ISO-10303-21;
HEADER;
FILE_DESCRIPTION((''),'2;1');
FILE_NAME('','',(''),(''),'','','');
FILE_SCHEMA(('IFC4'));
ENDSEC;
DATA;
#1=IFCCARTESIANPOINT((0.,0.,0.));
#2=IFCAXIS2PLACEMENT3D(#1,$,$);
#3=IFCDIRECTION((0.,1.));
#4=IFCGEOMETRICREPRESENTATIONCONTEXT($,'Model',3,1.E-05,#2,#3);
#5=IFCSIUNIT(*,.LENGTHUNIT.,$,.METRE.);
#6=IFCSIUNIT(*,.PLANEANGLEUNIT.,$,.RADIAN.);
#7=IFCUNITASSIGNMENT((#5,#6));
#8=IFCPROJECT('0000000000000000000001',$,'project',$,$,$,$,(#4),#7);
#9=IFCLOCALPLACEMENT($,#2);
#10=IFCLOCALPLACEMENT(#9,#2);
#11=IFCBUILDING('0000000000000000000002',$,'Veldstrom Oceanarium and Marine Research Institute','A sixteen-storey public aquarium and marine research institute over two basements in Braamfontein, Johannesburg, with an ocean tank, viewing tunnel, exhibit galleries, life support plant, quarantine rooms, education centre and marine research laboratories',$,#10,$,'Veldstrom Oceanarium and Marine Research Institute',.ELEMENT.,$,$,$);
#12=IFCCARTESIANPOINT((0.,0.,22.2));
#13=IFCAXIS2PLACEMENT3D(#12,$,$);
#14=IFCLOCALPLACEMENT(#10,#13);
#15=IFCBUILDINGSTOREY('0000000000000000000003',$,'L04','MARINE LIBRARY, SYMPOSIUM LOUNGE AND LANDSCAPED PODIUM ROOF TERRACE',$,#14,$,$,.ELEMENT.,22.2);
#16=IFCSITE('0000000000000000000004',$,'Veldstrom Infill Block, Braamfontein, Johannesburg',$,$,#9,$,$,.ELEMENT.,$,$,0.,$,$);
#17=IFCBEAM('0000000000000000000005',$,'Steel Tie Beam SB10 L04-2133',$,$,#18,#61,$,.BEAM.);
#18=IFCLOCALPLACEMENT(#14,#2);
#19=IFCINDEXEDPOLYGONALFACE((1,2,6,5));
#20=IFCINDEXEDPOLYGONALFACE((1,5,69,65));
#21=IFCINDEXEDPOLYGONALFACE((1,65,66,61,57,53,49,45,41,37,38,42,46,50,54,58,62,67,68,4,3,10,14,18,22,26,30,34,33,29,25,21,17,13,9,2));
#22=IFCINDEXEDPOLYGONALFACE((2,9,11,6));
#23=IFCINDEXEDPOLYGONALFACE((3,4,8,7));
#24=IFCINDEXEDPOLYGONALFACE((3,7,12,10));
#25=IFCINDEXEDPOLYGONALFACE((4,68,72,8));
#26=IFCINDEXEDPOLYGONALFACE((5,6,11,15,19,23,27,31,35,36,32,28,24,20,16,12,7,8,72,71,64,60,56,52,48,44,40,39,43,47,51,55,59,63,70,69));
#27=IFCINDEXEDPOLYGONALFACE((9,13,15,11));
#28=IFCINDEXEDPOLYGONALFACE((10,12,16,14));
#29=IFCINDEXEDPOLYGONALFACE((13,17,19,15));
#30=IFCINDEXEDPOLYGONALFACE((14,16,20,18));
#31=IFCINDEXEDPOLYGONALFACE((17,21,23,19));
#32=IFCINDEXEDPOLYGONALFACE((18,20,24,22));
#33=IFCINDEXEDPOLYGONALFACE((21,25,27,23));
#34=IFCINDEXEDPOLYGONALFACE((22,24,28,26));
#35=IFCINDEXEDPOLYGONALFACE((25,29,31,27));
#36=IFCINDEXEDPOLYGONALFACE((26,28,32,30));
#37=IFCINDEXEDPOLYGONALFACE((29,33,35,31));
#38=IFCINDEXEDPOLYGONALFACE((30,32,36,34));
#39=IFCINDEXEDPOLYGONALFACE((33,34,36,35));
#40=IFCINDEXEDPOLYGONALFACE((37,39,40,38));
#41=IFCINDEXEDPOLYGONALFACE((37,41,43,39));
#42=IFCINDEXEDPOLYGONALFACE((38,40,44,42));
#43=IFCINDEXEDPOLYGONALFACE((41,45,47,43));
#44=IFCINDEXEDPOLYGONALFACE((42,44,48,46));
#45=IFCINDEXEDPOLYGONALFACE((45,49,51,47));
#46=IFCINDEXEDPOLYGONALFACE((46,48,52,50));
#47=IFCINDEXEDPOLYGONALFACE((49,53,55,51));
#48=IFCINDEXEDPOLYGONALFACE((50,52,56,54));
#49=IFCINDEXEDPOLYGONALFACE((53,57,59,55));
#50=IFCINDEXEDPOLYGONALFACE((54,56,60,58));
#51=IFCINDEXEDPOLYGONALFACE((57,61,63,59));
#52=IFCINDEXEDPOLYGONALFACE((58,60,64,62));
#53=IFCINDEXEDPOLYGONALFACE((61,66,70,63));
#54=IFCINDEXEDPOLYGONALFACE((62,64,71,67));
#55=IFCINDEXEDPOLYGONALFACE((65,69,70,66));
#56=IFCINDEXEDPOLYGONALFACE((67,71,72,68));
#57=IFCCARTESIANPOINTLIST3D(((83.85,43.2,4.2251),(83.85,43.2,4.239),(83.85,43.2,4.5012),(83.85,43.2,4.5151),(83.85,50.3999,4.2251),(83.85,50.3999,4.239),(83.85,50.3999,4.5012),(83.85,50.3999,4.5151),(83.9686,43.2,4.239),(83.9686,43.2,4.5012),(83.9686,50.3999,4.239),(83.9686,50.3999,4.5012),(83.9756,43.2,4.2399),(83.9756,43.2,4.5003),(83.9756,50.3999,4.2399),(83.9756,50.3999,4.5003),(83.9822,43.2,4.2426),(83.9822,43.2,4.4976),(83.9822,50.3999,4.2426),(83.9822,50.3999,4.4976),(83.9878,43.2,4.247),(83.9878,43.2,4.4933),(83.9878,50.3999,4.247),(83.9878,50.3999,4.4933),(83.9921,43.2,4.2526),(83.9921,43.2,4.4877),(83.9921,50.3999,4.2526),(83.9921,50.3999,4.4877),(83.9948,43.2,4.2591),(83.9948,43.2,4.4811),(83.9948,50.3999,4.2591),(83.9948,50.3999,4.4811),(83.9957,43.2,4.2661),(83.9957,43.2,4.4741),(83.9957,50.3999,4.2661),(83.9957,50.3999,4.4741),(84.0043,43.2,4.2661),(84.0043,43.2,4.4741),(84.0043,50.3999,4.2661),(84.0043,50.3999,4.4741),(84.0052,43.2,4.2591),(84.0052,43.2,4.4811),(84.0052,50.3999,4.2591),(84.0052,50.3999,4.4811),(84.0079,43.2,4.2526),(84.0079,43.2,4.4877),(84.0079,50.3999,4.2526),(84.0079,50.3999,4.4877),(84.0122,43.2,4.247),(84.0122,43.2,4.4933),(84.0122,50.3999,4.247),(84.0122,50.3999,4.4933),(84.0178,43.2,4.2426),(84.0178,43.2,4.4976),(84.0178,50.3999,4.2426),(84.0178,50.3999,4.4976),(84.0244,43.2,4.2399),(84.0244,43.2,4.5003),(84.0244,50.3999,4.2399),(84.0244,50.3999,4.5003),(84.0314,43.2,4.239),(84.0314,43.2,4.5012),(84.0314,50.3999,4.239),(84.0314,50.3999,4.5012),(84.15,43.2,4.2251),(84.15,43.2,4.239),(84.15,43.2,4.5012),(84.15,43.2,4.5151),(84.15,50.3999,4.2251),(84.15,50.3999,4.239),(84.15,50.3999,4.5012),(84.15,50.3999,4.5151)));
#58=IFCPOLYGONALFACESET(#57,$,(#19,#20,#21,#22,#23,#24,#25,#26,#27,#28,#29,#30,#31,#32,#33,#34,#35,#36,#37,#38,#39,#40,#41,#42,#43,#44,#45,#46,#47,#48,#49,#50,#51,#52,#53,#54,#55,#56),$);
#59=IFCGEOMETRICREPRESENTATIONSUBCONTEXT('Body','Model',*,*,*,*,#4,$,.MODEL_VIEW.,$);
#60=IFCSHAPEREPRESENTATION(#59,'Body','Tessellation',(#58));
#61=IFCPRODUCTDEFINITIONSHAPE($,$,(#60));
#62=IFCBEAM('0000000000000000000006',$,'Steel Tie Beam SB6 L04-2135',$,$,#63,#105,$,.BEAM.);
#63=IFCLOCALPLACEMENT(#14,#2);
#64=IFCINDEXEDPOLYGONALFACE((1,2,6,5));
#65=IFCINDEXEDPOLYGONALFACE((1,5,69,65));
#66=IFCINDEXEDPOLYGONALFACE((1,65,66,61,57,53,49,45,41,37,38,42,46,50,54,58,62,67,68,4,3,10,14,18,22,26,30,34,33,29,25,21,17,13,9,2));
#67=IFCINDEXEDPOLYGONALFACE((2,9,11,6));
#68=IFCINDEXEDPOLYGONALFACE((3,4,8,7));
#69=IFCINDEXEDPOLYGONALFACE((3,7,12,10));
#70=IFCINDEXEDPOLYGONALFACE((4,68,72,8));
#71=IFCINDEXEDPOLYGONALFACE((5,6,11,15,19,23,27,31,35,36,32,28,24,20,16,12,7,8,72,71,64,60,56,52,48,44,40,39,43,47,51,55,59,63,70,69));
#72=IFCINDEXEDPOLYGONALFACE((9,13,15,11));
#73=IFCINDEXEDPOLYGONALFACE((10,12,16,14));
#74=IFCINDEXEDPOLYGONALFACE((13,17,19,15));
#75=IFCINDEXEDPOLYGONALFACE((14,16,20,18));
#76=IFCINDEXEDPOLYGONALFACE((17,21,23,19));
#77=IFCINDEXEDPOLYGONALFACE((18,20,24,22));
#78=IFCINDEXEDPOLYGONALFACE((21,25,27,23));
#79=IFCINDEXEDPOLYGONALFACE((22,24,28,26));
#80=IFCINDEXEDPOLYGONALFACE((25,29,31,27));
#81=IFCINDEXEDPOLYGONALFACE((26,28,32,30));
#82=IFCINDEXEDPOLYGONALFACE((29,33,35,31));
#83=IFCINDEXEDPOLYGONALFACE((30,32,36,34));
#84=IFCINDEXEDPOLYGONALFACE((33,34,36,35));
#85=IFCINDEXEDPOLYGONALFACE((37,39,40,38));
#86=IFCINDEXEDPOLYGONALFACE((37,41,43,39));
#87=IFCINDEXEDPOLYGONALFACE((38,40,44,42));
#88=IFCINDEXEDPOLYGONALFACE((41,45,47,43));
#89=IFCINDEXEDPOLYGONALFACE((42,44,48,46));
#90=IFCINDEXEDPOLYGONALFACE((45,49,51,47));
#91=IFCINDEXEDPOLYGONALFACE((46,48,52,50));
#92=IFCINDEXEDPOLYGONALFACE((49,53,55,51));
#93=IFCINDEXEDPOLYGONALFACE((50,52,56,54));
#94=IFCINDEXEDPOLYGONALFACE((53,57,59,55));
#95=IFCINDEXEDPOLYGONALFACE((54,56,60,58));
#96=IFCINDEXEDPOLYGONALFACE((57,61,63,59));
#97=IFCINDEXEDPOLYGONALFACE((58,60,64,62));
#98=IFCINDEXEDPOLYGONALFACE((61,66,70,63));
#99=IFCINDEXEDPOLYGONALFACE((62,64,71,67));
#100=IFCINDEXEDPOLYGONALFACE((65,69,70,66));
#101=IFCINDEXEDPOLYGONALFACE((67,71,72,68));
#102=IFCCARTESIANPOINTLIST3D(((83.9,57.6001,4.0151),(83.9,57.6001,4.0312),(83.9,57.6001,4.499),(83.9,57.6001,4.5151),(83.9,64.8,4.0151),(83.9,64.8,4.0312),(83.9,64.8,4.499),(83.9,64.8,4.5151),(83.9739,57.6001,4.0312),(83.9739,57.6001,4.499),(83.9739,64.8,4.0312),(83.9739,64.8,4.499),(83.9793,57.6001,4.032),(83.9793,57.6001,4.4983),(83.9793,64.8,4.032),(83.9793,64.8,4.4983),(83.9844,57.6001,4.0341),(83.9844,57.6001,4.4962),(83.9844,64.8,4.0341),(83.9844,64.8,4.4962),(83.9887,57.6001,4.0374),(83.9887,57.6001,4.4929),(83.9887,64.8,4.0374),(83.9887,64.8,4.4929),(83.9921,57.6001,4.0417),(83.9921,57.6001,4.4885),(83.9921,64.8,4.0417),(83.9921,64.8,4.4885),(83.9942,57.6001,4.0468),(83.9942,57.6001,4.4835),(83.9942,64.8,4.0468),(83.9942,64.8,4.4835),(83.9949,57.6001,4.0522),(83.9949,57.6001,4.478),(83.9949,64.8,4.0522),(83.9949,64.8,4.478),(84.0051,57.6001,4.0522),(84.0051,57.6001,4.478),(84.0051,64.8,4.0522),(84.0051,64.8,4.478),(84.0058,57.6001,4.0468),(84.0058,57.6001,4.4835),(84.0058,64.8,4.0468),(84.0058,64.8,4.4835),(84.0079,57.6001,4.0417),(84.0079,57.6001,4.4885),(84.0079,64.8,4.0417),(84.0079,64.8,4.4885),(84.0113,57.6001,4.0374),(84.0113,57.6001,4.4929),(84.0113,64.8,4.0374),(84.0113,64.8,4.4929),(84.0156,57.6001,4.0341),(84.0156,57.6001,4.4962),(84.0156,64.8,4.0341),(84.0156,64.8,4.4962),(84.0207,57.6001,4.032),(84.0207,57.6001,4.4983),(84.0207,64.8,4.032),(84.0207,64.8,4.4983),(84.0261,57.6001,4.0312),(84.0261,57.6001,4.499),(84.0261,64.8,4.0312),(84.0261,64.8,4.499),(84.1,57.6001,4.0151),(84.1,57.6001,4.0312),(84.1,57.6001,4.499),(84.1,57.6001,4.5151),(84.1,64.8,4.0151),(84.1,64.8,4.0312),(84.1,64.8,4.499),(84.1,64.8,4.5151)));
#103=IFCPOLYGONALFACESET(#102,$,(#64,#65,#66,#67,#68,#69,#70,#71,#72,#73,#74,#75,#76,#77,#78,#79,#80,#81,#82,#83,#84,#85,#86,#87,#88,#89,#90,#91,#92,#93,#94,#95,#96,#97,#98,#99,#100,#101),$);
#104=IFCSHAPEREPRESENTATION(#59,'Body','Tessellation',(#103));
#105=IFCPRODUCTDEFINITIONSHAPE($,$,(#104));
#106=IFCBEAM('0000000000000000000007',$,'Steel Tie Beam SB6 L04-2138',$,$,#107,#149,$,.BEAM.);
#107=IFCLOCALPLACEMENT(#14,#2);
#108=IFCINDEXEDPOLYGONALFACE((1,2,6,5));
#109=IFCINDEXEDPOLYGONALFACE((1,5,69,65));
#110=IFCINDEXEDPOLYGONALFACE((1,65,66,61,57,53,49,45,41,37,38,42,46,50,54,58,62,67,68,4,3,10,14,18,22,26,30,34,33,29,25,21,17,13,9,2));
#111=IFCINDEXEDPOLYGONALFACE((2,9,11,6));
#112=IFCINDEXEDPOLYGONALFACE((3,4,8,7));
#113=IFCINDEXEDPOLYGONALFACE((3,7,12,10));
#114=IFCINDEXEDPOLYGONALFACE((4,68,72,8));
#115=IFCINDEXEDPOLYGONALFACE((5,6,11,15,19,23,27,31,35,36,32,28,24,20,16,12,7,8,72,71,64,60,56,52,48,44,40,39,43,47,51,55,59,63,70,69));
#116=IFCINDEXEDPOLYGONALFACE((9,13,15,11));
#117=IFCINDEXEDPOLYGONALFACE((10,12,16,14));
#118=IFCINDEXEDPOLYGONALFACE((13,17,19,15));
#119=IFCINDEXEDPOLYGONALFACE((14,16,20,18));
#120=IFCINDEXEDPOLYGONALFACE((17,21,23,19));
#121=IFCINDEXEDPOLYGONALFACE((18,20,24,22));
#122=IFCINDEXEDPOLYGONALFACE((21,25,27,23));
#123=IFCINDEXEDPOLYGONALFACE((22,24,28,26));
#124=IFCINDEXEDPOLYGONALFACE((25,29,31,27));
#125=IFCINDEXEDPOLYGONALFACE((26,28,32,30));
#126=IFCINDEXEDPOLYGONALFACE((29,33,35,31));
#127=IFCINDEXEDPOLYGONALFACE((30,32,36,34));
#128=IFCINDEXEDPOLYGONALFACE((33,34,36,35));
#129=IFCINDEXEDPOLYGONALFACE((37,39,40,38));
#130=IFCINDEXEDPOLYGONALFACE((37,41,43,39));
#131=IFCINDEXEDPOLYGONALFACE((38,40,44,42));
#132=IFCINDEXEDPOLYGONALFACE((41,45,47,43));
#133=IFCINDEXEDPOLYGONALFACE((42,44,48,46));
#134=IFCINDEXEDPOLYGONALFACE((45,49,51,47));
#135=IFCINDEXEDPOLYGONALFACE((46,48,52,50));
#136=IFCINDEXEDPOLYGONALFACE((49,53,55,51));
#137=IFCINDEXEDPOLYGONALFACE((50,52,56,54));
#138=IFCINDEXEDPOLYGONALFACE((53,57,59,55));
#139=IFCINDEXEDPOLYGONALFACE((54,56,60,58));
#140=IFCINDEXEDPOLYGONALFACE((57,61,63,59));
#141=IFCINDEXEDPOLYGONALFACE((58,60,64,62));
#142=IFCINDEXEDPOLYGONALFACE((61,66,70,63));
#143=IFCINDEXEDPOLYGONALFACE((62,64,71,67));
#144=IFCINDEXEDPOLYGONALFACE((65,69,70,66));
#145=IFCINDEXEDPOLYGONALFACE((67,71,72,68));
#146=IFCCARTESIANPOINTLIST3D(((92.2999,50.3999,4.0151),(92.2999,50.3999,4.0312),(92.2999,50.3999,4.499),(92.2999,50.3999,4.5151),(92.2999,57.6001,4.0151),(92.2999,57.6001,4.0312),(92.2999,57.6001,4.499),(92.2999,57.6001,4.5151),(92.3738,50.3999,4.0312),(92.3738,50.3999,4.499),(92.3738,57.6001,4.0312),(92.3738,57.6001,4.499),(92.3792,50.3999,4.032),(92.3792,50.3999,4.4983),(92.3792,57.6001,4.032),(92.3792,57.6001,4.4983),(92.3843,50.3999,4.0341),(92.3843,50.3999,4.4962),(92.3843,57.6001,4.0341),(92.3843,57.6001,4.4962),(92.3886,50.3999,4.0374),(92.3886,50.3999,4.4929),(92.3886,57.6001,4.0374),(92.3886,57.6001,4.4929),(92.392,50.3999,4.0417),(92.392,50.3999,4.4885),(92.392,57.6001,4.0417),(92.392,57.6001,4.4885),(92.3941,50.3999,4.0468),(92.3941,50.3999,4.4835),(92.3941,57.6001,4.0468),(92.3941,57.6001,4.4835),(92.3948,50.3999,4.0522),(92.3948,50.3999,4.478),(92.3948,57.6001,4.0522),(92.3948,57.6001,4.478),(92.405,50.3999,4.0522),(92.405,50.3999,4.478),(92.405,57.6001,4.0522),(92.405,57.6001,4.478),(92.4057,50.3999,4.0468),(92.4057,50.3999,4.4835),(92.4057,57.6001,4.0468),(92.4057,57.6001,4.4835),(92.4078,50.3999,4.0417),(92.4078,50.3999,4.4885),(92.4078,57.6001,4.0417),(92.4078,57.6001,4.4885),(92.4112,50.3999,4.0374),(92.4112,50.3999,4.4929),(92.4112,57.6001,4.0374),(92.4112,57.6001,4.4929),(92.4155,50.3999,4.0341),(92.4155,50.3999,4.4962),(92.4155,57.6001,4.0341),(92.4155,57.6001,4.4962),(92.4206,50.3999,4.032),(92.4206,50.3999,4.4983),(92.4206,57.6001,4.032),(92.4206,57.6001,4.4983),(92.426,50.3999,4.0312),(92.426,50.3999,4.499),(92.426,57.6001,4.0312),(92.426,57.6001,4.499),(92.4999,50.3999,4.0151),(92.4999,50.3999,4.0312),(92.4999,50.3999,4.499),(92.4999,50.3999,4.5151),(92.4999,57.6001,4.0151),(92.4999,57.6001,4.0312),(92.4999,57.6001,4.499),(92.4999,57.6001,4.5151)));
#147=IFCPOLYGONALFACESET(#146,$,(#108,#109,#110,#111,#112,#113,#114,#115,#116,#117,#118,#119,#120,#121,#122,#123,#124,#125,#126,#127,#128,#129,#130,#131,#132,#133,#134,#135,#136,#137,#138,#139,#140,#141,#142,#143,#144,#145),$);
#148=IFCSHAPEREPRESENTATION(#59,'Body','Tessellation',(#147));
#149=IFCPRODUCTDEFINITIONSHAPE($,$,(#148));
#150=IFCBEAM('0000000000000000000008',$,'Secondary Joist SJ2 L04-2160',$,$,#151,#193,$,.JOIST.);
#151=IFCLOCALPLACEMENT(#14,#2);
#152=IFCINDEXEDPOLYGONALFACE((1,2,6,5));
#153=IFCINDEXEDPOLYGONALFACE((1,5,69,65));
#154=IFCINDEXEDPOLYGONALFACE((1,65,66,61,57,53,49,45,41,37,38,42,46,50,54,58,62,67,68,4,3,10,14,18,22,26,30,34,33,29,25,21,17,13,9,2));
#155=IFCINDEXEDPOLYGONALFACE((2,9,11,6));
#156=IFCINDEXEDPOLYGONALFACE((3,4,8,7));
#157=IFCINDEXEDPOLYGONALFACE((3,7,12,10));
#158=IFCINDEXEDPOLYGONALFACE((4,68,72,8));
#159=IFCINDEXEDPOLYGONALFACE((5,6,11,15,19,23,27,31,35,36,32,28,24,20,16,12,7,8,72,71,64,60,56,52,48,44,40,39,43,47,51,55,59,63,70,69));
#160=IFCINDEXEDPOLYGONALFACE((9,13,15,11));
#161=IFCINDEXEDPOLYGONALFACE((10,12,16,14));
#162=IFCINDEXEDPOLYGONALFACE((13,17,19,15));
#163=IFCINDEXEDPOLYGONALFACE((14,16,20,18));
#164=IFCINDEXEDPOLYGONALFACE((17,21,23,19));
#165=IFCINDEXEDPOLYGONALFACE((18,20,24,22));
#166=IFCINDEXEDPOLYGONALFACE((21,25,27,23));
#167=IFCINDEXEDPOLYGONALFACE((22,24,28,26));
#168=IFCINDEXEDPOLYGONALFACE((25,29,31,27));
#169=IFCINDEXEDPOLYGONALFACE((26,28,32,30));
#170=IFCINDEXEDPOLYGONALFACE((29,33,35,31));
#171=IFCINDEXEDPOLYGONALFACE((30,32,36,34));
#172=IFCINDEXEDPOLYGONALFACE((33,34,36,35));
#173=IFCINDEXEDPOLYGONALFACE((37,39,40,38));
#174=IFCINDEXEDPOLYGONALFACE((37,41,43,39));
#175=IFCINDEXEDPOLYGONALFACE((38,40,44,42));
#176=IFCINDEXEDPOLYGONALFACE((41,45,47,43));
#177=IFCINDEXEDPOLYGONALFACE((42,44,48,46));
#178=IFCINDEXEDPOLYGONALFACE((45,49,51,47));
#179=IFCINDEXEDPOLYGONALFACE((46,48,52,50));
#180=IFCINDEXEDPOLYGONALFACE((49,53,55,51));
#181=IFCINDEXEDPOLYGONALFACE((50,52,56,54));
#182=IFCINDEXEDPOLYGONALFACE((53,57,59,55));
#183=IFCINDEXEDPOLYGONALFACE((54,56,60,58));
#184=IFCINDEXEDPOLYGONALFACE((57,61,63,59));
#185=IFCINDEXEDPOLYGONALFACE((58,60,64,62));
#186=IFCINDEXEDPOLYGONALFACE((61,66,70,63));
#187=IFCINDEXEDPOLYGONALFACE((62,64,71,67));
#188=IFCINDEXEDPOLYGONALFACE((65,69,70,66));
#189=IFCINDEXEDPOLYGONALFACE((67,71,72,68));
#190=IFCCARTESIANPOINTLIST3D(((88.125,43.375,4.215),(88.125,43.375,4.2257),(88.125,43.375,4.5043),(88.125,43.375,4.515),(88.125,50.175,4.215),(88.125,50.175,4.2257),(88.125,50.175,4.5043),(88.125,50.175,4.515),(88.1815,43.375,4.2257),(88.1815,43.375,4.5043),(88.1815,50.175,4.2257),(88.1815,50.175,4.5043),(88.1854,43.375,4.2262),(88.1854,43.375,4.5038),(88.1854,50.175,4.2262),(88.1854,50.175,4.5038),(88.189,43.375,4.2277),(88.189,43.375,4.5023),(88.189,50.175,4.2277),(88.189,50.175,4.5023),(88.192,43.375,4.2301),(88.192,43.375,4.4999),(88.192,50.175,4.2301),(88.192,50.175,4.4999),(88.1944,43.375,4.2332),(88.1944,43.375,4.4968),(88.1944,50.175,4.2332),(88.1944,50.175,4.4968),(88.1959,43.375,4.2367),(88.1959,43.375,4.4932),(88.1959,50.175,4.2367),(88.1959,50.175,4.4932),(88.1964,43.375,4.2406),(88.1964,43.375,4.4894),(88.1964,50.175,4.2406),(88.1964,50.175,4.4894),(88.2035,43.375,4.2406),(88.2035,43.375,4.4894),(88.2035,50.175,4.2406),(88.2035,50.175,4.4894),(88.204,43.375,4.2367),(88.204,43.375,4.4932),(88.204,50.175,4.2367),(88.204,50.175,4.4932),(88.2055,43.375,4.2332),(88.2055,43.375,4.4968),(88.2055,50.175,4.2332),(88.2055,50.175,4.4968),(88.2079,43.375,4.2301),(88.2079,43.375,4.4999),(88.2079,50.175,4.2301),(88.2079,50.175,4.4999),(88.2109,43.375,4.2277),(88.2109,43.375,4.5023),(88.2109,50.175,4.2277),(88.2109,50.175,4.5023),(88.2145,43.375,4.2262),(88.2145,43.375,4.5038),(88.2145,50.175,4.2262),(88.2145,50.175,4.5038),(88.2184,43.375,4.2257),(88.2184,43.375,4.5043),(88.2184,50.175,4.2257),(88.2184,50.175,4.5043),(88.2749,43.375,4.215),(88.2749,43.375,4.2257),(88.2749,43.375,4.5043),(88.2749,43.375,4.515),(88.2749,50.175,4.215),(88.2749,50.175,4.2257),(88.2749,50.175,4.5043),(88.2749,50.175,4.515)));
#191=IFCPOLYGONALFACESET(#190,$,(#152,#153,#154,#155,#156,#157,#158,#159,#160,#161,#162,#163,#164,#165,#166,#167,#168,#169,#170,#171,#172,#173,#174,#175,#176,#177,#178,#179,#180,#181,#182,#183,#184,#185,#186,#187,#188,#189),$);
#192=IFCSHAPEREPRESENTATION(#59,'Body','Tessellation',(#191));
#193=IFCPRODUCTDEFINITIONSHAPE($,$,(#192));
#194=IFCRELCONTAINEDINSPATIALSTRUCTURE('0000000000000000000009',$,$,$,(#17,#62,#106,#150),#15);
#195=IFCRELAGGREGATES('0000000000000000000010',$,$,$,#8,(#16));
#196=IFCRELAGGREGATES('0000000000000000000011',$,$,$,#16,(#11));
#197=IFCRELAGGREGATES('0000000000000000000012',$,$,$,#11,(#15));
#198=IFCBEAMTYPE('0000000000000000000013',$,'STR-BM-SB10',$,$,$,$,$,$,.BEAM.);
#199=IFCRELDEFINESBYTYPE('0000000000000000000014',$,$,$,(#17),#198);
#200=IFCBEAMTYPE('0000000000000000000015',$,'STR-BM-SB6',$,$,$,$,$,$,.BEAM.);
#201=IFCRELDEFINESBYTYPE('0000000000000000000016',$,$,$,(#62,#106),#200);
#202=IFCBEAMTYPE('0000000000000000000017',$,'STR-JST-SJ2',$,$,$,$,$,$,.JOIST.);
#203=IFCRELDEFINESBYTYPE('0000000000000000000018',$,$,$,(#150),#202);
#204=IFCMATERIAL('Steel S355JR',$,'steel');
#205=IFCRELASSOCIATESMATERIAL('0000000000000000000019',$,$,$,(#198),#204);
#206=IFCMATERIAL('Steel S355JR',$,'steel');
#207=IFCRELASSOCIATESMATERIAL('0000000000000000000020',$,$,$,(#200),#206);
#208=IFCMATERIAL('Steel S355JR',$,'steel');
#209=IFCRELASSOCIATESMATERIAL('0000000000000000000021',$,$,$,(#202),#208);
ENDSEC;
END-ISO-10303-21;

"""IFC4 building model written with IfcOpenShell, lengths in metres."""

from ifc_helpers import new_model, si_unit, direction, frame, origin, origin_2d, place, context, subcontext, project, spatial, i_section, extrude, material, material_profile, profile_set, type_object, element, save


model = new_model("IFC4")

# Units and contexts
model_context = context("Model", 3, precision=1e-05, world=origin(), true_north=direction((0.0, 1.0)))
body_context = subcontext(model_context, "Body", "Model", "MODEL_VIEW")
ifc_project = project(units=[si_unit("LENGTHUNIT", "METRE"), si_unit("PLANEANGLEUNIT", "RADIAN")], contexts=[model_context])

# Site, building, storey
site_placement = place(None, origin())
site = spatial("IfcSite", under=ifc_project, at=site_placement, Name="Veldstrom Infill Block, Braamfontein, Johannesburg", CompositionType="ELEMENT", RefElevation=0.0)
building_placement = place(site_placement, origin())
building = spatial("IfcBuilding", under=site, at=building_placement, Name="Veldstrom Oceanarium and Marine Research Institute", Description="A sixteen-storey public aquarium and marine research institute over two basements in Braamfontein, Johannesburg, with an ocean tank, viewing tunnel, exhibit galleries, life support plant, quarantine rooms, education centre and marine research laboratories", LongName="Veldstrom Oceanarium and Marine Research Institute", CompositionType="ELEMENT")
storey_placement = place(building_placement, frame((0.0, 0.0, 22.2)))
storey = spatial("IfcBuildingStorey", under=building, at=storey_placement, Name="L04", Description="MARINE LIBRARY, SYMPOSIUM LOUNGE AND LANDSCAPED PODIUM ROOF TERRACE", CompositionType="ELEMENT", Elevation=22.2)

# Beams
ifc_material_1 = material(Name="Steel S355JR", Category="steel")
ifc_material_profile_1 = material_profile(ifc_material_1, i_section(OverallWidth=0.3, OverallDepth=0.29, WebThickness=0.0085, FlangeThickness=0.0139, FilletRadius=0.0271, at=origin_2d()), Name="HEA 300")
ifc_profile_set_1 = profile_set([ifc_material_profile_1], Name="Steel S355JR")
beam_type_1 = type_object("IfcBeamType", Name="STR-BM-SB10", PredefinedType="BEAM", material=ifc_profile_set_1)
beam_1_placement = place(storey_placement, frame((84.0, 43.2, 4.3701), z_axis=(0.0, 1.0, 0.0), x_axis=(-1.0, 0.0, 0.0)))
element("IfcBeam", 1, at=beam_1_placement, inside=storey, type_object=beam_type_1, Name="Steel Tie Beam SB10 L04-2133", PredefinedType="BEAM", context=body_context, shape_type="SweptSolid", body=[
    extrude(i_section(OverallWidth=0.3, OverallDepth=0.29, WebThickness=0.0085, FlangeThickness=0.0139, FilletRadius=0.0271, at=origin_2d()), origin(), (0.0, 0.0, 1.0), 7.2),
])
ifc_material_2 = material(Name="Steel S355JR", Category="steel")
ifc_material_profile_2 = material_profile(ifc_material_2, i_section(OverallWidth=0.2, OverallDepth=0.5, WebThickness=0.0103, FlangeThickness=0.0161, FilletRadius=0.021, at=origin_2d()), Name="IPE 500")
ifc_profile_set_2 = profile_set([ifc_material_profile_2], Name="Steel S355JR")
beam_type_2 = type_object("IfcBeamType", Name="STR-BM-SB6", PredefinedType="BEAM", material=ifc_profile_set_2)
beam_2_placement = place(storey_placement, frame((84.0, 57.6001, 4.2651), z_axis=(0.0, 1.0, 0.0), x_axis=(-1.0, 0.0, 0.0)))
element("IfcBeam", 2, at=beam_2_placement, inside=storey, type_object=beam_type_2, Name="Steel Tie Beam SB6 L04-2135", PredefinedType="BEAM", context=body_context, shape_type="SweptSolid", body=[
    extrude(i_section(OverallWidth=0.2, OverallDepth=0.5, WebThickness=0.0103, FlangeThickness=0.0161, FilletRadius=0.021, at=origin_2d()), origin(), (0.0, 0.0, 1.0), 7.2),
])
beam_3_placement = place(storey_placement, frame((92.3999, 50.3999, 4.2651), z_axis=(0.0, 1.0, 0.0), x_axis=(-1.0, 0.0, 0.0)))
element("IfcBeam", 3, at=beam_3_placement, inside=storey, type_object=beam_type_2, Name="Steel Tie Beam SB6 L04-2138", PredefinedType="BEAM", context=body_context, shape_type="SweptSolid", body=[
    extrude(i_section(OverallWidth=0.2, OverallDepth=0.5, WebThickness=0.0103, FlangeThickness=0.0161, FilletRadius=0.021, at=origin_2d()), origin(), (0.0, 0.0, 1.0), 7.2002),
])
ifc_material_3 = material(Name="Steel S355JR", Category="steel")
ifc_material_profile_3 = material_profile(ifc_material_3, i_section(OverallWidth=0.1499, OverallDepth=0.3, WebThickness=0.0071, FlangeThickness=0.0107, FilletRadius=0.0149, at=origin_2d()), Name="IPE 300")
ifc_profile_set_3 = profile_set([ifc_material_profile_3], Name="Steel S355JR")
beam_type_3 = type_object("IfcBeamType", Name="STR-JST-SJ2", PredefinedType="JOIST", material=ifc_profile_set_3)
beam_4_placement = place(storey_placement, frame((88.2, 43.375, 4.365), z_axis=(0.0, 1.0, 0.0), x_axis=(-1.0, 0.0, 0.0)))
element("IfcBeam", 4, at=beam_4_placement, inside=storey, type_object=beam_type_3, Name="Secondary Joist SJ2 L04-2160", PredefinedType="JOIST", context=body_context, shape_type="SweptSolid", body=[
    extrude(i_section(OverallWidth=0.1499, OverallDepth=0.3, WebThickness=0.0071, FlangeThickness=0.0107, FilletRadius=0.0149, at=origin_2d()), origin(), (0.0, 0.0, 1.0), 6.8),
])

save(model, "model.ifc")
